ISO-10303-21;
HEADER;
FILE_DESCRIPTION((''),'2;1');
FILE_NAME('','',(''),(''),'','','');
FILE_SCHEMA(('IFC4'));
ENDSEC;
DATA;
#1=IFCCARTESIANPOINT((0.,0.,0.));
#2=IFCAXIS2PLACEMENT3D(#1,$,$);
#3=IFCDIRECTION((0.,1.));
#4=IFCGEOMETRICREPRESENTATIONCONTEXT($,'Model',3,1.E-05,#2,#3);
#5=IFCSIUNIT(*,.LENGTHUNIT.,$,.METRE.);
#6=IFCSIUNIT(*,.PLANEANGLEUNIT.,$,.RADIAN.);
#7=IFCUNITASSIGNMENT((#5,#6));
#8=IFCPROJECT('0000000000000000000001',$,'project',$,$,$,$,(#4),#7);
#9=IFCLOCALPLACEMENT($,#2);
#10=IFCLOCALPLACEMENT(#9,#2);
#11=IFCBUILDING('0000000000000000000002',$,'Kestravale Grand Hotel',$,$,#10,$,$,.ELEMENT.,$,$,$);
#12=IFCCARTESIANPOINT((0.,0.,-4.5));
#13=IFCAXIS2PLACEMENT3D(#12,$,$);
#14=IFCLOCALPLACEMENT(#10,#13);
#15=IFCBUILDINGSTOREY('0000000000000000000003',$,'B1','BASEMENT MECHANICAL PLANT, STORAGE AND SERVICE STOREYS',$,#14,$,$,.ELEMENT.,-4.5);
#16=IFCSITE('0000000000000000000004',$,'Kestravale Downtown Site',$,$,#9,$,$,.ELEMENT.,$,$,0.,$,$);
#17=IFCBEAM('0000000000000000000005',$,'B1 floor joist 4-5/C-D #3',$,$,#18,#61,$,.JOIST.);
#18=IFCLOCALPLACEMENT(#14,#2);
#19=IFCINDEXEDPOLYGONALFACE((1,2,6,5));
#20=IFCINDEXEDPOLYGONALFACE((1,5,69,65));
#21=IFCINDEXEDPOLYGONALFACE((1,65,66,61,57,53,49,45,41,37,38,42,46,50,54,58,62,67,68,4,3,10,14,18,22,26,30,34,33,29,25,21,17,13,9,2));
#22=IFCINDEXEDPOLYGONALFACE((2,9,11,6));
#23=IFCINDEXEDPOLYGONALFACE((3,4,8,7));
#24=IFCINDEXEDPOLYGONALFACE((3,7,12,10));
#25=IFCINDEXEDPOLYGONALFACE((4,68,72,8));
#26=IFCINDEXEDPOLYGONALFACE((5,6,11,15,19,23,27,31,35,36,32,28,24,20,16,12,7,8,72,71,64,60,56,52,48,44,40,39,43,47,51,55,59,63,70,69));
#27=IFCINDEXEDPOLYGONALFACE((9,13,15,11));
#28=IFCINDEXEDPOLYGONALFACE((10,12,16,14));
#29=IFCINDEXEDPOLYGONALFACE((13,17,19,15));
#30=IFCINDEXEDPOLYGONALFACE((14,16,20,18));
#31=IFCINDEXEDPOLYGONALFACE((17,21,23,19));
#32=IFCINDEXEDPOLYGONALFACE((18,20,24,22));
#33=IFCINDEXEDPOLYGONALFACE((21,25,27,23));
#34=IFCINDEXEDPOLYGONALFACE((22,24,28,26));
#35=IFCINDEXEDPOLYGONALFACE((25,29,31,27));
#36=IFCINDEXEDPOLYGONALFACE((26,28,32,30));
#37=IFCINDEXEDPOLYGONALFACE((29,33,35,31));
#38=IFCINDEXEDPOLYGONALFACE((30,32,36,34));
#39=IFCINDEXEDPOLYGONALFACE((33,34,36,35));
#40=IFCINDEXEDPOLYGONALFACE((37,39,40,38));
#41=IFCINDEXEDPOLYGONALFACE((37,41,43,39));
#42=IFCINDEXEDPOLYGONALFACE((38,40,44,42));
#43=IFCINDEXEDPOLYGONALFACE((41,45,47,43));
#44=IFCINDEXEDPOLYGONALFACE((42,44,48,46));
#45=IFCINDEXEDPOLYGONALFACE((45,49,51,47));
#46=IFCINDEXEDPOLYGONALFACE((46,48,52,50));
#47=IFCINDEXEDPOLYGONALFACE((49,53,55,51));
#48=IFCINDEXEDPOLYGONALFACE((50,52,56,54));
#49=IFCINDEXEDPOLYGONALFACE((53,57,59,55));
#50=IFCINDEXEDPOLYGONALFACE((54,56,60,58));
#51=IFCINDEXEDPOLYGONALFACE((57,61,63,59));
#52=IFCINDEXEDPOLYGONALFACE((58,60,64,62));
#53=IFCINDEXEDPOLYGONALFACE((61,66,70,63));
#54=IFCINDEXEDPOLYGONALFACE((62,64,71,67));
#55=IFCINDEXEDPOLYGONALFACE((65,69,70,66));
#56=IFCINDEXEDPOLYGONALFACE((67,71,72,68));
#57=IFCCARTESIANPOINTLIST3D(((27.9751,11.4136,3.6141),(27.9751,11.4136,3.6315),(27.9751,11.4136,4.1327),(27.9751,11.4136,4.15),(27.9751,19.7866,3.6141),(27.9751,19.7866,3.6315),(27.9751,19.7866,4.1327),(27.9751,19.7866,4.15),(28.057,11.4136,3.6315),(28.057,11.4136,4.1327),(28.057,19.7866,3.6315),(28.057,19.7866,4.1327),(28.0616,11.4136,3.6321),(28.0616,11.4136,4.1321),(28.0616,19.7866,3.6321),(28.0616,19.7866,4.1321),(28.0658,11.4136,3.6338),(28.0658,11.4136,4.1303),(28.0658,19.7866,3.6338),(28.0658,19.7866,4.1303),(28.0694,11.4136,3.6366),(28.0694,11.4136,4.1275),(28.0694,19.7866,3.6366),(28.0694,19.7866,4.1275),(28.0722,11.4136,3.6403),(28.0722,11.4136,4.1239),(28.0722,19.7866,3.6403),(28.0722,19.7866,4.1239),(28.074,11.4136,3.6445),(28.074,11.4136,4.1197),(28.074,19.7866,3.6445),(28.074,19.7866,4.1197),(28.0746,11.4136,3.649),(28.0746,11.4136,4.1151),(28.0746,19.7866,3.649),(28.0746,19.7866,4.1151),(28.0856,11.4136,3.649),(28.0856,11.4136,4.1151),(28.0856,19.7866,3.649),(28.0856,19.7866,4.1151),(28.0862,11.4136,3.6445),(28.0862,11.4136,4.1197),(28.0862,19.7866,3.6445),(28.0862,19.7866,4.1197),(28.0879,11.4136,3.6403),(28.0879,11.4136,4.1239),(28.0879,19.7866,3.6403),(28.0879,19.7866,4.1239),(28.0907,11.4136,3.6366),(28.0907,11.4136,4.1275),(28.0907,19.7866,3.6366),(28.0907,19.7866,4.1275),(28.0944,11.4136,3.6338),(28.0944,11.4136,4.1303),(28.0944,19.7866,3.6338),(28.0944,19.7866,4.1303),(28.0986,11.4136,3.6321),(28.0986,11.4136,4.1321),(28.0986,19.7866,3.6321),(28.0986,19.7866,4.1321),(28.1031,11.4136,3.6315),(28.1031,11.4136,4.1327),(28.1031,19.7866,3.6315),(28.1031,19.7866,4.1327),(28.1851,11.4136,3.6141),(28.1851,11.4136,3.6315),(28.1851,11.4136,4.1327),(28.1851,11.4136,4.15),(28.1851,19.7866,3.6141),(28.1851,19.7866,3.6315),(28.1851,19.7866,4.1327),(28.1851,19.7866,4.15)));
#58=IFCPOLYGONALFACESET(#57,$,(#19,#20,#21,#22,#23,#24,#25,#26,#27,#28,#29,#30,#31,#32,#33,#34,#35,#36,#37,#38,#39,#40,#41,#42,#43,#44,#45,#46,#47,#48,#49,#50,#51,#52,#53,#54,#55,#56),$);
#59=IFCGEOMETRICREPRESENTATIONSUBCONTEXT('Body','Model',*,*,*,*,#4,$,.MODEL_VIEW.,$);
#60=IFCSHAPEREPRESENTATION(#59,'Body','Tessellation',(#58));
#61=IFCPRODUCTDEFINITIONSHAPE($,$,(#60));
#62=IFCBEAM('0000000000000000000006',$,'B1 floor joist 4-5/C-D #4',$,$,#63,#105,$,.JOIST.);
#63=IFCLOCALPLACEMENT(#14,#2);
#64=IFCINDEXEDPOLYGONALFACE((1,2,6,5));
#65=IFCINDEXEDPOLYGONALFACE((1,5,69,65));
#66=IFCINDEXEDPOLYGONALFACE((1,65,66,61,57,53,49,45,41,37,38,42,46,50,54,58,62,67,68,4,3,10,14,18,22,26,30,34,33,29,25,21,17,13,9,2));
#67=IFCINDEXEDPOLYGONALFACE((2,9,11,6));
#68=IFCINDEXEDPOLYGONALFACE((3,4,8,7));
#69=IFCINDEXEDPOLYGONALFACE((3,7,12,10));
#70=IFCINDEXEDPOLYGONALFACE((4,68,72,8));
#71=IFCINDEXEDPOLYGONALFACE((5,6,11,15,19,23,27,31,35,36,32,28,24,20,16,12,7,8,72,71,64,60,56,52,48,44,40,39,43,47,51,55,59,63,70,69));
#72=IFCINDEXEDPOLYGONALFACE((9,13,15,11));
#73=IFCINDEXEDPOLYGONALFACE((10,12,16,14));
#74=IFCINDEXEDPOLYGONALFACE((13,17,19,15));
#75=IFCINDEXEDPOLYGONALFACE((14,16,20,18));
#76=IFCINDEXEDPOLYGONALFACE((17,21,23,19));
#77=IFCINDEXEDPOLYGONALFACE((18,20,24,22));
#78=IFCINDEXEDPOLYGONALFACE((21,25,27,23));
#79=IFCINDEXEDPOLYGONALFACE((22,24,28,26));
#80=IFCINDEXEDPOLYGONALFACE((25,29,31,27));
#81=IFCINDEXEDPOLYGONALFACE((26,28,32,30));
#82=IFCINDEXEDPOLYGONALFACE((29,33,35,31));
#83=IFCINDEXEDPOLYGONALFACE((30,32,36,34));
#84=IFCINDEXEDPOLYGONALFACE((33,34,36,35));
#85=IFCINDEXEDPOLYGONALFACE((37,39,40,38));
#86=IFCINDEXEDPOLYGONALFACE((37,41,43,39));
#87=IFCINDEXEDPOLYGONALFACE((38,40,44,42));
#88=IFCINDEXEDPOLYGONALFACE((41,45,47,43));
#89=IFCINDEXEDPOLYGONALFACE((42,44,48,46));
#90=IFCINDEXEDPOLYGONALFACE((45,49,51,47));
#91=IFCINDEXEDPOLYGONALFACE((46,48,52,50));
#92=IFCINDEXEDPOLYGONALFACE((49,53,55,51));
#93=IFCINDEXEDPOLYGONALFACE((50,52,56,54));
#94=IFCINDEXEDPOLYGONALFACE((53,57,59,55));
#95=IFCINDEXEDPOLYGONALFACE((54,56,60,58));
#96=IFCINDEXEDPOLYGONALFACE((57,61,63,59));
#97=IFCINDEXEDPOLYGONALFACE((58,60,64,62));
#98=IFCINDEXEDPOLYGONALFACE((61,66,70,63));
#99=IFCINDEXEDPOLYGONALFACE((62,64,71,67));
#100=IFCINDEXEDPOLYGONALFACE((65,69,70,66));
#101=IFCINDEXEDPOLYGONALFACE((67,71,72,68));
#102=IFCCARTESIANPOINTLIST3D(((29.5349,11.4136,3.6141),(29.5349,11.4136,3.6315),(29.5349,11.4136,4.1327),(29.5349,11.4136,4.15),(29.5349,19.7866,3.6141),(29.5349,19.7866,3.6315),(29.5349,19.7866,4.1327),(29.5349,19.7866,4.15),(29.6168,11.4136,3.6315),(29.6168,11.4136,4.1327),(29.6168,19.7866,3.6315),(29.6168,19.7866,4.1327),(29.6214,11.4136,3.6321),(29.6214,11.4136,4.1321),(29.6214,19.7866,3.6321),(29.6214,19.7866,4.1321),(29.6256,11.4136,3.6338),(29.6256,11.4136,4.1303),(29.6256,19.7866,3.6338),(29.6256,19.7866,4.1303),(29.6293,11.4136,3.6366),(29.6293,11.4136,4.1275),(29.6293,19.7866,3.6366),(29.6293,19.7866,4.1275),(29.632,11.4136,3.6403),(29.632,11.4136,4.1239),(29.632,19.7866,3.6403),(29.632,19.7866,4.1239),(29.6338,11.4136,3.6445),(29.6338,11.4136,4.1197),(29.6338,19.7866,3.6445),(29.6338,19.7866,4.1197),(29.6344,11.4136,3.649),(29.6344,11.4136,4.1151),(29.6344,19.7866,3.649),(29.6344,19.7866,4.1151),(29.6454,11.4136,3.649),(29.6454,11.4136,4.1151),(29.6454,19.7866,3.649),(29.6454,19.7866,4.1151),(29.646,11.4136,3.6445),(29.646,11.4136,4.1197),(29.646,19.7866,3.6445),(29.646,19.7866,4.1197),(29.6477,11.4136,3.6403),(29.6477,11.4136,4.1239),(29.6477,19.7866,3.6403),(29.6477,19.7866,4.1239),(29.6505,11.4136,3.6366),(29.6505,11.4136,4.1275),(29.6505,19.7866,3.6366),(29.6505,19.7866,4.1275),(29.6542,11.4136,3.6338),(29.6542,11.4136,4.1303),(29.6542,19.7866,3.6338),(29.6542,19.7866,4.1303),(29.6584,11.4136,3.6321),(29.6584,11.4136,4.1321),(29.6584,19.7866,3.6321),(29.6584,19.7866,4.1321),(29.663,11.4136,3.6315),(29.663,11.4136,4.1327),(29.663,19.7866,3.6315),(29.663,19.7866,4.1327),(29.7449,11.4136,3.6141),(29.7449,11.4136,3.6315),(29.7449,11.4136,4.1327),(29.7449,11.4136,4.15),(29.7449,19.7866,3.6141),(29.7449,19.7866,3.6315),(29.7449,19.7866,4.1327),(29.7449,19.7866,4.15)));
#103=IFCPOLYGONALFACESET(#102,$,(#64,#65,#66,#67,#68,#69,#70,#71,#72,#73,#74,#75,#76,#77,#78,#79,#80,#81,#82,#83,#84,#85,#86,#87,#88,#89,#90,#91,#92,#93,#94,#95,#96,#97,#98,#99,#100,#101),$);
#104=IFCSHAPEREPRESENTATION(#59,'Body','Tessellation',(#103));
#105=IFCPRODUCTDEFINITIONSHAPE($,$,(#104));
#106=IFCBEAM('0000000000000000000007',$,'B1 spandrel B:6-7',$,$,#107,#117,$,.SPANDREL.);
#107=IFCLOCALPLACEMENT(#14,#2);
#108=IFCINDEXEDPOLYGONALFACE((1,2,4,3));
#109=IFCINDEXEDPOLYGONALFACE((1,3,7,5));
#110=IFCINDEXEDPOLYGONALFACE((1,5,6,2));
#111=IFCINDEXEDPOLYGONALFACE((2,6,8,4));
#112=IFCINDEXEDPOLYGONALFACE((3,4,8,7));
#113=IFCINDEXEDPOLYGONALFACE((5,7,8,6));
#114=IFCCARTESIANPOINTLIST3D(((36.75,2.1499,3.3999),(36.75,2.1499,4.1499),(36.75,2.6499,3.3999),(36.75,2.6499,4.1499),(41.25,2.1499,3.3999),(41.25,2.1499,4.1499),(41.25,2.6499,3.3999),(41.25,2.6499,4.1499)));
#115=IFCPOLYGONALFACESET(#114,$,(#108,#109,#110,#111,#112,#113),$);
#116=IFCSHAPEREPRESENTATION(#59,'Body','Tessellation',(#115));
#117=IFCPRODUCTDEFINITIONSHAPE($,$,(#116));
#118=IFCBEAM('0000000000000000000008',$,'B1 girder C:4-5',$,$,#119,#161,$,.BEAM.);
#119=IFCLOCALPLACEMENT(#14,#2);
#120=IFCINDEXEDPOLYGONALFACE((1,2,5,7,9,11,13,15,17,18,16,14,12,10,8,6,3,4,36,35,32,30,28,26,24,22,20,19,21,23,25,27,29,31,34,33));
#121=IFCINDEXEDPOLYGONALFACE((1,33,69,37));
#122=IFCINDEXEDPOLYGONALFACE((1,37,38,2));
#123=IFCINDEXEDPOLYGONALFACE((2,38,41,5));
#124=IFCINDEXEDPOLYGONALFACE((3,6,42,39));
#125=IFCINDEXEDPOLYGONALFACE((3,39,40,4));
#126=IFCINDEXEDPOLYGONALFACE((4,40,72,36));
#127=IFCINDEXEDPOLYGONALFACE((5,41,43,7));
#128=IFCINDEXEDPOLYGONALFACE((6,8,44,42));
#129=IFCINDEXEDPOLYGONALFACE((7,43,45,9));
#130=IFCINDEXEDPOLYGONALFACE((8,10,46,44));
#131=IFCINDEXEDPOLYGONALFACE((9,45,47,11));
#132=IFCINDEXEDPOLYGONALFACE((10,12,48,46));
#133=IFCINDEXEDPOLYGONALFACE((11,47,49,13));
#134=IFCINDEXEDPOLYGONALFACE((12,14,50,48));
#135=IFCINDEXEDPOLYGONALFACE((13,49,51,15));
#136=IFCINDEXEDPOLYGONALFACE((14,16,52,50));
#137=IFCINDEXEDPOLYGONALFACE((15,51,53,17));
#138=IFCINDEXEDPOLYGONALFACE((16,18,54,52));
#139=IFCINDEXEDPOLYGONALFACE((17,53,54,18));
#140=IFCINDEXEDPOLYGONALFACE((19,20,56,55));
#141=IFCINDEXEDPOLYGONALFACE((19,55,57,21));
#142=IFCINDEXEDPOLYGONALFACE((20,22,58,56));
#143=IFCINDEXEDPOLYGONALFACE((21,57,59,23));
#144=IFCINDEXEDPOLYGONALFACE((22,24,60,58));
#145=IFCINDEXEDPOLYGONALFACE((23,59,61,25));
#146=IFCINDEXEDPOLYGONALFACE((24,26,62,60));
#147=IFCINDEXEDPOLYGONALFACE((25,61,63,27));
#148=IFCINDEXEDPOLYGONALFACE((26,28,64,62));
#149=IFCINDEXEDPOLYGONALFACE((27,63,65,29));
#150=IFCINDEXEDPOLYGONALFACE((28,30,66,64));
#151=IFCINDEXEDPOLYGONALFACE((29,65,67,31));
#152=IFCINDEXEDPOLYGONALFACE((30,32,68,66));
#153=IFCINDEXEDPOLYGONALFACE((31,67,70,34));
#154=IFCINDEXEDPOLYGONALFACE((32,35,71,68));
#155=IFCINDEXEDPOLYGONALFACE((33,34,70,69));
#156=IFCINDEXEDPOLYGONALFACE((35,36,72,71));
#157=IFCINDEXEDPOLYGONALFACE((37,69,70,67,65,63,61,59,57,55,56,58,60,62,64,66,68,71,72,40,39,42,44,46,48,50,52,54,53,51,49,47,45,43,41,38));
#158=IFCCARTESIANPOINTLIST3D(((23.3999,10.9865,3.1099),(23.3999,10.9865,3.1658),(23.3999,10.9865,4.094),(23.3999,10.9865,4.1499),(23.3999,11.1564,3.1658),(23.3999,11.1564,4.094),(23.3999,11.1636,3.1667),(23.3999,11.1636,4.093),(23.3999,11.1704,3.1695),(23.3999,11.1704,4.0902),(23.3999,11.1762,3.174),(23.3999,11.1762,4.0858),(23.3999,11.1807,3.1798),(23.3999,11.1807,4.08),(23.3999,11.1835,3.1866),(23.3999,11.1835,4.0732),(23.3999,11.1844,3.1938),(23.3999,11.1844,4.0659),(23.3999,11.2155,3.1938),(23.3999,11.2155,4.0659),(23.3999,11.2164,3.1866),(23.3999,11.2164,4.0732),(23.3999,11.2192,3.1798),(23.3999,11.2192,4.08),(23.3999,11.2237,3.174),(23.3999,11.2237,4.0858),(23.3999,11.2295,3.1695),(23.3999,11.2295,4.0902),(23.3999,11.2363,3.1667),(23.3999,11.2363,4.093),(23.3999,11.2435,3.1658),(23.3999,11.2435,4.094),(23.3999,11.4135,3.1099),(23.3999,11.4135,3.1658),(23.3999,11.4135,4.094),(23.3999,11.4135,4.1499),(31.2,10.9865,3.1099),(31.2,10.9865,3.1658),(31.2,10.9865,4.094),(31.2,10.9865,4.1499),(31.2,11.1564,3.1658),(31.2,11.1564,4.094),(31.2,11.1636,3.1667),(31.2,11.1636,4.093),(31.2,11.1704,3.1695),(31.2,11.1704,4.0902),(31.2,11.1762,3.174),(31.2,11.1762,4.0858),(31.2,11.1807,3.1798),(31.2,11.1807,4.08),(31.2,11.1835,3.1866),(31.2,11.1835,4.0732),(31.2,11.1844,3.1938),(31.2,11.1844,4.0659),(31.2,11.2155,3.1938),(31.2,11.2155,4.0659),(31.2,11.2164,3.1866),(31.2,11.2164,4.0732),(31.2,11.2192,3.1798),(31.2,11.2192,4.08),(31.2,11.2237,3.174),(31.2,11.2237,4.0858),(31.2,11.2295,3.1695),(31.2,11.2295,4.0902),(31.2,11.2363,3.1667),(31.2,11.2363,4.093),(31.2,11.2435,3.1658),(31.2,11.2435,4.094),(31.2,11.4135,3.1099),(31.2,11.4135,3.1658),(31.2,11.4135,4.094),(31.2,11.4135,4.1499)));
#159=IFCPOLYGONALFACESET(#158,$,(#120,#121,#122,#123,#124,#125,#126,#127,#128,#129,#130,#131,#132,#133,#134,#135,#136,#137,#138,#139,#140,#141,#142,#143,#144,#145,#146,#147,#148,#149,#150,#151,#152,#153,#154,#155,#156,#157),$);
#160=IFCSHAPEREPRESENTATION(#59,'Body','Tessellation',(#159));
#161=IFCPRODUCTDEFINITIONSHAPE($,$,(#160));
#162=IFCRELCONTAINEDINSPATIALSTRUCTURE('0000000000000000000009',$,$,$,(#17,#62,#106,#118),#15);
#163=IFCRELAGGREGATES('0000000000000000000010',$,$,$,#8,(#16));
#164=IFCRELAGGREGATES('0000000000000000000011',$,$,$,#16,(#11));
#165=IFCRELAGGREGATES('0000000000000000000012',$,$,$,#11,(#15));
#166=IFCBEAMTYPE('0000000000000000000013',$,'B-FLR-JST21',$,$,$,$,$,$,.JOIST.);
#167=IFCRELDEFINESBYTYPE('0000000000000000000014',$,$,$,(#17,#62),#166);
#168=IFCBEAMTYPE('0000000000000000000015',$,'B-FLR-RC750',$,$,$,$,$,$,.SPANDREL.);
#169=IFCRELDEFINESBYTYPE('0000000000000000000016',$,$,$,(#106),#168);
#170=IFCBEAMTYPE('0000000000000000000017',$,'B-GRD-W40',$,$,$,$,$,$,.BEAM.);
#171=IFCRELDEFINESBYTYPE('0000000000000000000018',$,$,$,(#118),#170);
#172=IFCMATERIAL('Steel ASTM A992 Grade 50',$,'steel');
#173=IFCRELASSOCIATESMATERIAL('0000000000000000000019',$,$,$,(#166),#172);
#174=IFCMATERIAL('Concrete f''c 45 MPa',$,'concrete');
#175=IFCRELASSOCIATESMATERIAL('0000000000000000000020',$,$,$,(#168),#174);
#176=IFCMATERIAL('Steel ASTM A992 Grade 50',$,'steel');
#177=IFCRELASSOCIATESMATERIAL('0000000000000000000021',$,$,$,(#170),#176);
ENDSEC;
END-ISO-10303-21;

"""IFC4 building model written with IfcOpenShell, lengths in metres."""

from ifc_helpers import new_model, si_unit, direction, frame, origin, origin_2d, place, context, subcontext, project, spatial, rectangle, i_section, extrude, material, material_profile, profile_set, type_object, element, save


model = new_model("IFC4")

# Units and contexts
model_context = context("Model", 3, precision=1e-05, world=origin(), true_north=direction((0.0, 1.0)))
body_context = subcontext(model_context, "Body", "Model", "MODEL_VIEW")
ifc_project = project(units=[si_unit("LENGTHUNIT", "METRE"), si_unit("PLANEANGLEUNIT", "RADIAN")], contexts=[model_context])

# Site, building, storey
site_placement = place(None, origin())
site = spatial("IfcSite", under=ifc_project, at=site_placement, Name="Kestravale Downtown Site", CompositionType="ELEMENT", RefElevation=0.0)
building_placement = place(site_placement, origin())
building = spatial("IfcBuilding", under=site, at=building_placement, Name="Kestravale Grand Hotel", CompositionType="ELEMENT")
storey_placement = place(building_placement, frame((0.0, 0.0, -4.5)))
storey = spatial("IfcBuildingStorey", under=building, at=storey_placement, Name="B1", Description="BASEMENT MECHANICAL PLANT, STORAGE AND SERVICE STOREYS", CompositionType="ELEMENT", Elevation=-4.5)

# Beams
ifc_material_1 = material(Name="Steel ASTM A992 Grade 50", Category="steel")
ifc_material_profile_1 = material_profile(ifc_material_1, i_section(OverallWidth=0.21, OverallDepth=0.5359, WebThickness=0.011, FlangeThickness=0.0173, FilletRadius=0.0176, at=origin_2d()))
ifc_profile_set_1 = profile_set([ifc_material_profile_1], Name="Steel ASTM A992 Grade 50")
beam_type_1 = type_object("IfcBeamType", Name="B-FLR-JST21", PredefinedType="JOIST", material=ifc_profile_set_1)
for number, where, z_axis, x_axis, name in (
    (1, (28.0801, 11.4136, 3.8821), (0.0, 1.0, 0.0), (-1.0, 0.0, 0.0), "B1 floor joist 4-5/C-D #3"),
    (2, (29.6399, 11.4136, 3.8821), (0.0, 1.0, 0.0), (-1.0, 0.0, 0.0), "B1 floor joist 4-5/C-D #4"),
):
    element("IfcBeam", number, at=place(storey_placement, frame(where, z_axis=z_axis, x_axis=x_axis)), inside=storey, type_object=beam_type_1, Name=name, PredefinedType="JOIST", context=body_context, shape_type="SweptSolid", body=[
        extrude(i_section(OverallWidth=0.21, OverallDepth=0.5359, WebThickness=0.011, FlangeThickness=0.0173, FilletRadius=0.0176, at=origin_2d()), origin(), (0.0, 0.0, 1.0), 8.373),
    ])
ifc_material_2 = material(Name="Concrete f'c 45 MPa", Category="concrete")
ifc_material_profile_2 = material_profile(ifc_material_2, rectangle(XDim=0.5, YDim=0.75, at=origin_2d()))
ifc_profile_set_2 = profile_set([ifc_material_profile_2], Name="Concrete f'c 45 MPa")
beam_type_2 = type_object("IfcBeamType", Name="B-FLR-RC750", PredefinedType="SPANDREL", material=ifc_profile_set_2)
beam_1_placement = place(storey_placement, frame((36.75, 2.3999, 3.7749), z_axis=(1.0, 0.0, 0.0), x_axis=(0.0, 1.0, 0.0)))
element("IfcBeam", 3, at=beam_1_placement, inside=storey, type_object=beam_type_2, Name="B1 spandrel B:6-7", PredefinedType="SPANDREL", context=body_context, shape_type="SweptSolid", body=[
    extrude(rectangle(XDim=0.5, YDim=0.75, at=origin_2d()), origin(), (0.0, 0.0, 1.0), 4.5),
])
ifc_material_3 = material(Name="Steel ASTM A992 Grade 50", Category="steel")
ifc_material_profile_3 = material_profile(ifc_material_3, i_section(OverallWidth=0.427, OverallDepth=1.04, WebThickness=0.031, FlangeThickness=0.0559, FilletRadius=0.0281, at=origin_2d()))
ifc_profile_set_3 = profile_set([ifc_material_profile_3], Name="Steel ASTM A992 Grade 50")
beam_type_3 = type_object("IfcBeamType", Name="B-GRD-W40", PredefinedType="BEAM", material=ifc_profile_set_3)
beam_2_placement = place(storey_placement, frame((23.3999, 11.2, 3.6299), z_axis=(1.0, 0.0, 0.0), x_axis=(0.0, 1.0, 0.0)))
element("IfcBeam", 4, at=beam_2_placement, inside=storey, type_object=beam_type_3, Name="B1 girder C:4-5", PredefinedType="BEAM", context=body_context, shape_type="SweptSolid", body=[
    extrude(i_section(OverallWidth=0.427, OverallDepth=1.04, WebThickness=0.031, FlangeThickness=0.0559, FilletRadius=0.0281, at=origin_2d()), origin(), (0.0, 0.0, 1.0), 7.8),
])

save(model, "model.ifc")
